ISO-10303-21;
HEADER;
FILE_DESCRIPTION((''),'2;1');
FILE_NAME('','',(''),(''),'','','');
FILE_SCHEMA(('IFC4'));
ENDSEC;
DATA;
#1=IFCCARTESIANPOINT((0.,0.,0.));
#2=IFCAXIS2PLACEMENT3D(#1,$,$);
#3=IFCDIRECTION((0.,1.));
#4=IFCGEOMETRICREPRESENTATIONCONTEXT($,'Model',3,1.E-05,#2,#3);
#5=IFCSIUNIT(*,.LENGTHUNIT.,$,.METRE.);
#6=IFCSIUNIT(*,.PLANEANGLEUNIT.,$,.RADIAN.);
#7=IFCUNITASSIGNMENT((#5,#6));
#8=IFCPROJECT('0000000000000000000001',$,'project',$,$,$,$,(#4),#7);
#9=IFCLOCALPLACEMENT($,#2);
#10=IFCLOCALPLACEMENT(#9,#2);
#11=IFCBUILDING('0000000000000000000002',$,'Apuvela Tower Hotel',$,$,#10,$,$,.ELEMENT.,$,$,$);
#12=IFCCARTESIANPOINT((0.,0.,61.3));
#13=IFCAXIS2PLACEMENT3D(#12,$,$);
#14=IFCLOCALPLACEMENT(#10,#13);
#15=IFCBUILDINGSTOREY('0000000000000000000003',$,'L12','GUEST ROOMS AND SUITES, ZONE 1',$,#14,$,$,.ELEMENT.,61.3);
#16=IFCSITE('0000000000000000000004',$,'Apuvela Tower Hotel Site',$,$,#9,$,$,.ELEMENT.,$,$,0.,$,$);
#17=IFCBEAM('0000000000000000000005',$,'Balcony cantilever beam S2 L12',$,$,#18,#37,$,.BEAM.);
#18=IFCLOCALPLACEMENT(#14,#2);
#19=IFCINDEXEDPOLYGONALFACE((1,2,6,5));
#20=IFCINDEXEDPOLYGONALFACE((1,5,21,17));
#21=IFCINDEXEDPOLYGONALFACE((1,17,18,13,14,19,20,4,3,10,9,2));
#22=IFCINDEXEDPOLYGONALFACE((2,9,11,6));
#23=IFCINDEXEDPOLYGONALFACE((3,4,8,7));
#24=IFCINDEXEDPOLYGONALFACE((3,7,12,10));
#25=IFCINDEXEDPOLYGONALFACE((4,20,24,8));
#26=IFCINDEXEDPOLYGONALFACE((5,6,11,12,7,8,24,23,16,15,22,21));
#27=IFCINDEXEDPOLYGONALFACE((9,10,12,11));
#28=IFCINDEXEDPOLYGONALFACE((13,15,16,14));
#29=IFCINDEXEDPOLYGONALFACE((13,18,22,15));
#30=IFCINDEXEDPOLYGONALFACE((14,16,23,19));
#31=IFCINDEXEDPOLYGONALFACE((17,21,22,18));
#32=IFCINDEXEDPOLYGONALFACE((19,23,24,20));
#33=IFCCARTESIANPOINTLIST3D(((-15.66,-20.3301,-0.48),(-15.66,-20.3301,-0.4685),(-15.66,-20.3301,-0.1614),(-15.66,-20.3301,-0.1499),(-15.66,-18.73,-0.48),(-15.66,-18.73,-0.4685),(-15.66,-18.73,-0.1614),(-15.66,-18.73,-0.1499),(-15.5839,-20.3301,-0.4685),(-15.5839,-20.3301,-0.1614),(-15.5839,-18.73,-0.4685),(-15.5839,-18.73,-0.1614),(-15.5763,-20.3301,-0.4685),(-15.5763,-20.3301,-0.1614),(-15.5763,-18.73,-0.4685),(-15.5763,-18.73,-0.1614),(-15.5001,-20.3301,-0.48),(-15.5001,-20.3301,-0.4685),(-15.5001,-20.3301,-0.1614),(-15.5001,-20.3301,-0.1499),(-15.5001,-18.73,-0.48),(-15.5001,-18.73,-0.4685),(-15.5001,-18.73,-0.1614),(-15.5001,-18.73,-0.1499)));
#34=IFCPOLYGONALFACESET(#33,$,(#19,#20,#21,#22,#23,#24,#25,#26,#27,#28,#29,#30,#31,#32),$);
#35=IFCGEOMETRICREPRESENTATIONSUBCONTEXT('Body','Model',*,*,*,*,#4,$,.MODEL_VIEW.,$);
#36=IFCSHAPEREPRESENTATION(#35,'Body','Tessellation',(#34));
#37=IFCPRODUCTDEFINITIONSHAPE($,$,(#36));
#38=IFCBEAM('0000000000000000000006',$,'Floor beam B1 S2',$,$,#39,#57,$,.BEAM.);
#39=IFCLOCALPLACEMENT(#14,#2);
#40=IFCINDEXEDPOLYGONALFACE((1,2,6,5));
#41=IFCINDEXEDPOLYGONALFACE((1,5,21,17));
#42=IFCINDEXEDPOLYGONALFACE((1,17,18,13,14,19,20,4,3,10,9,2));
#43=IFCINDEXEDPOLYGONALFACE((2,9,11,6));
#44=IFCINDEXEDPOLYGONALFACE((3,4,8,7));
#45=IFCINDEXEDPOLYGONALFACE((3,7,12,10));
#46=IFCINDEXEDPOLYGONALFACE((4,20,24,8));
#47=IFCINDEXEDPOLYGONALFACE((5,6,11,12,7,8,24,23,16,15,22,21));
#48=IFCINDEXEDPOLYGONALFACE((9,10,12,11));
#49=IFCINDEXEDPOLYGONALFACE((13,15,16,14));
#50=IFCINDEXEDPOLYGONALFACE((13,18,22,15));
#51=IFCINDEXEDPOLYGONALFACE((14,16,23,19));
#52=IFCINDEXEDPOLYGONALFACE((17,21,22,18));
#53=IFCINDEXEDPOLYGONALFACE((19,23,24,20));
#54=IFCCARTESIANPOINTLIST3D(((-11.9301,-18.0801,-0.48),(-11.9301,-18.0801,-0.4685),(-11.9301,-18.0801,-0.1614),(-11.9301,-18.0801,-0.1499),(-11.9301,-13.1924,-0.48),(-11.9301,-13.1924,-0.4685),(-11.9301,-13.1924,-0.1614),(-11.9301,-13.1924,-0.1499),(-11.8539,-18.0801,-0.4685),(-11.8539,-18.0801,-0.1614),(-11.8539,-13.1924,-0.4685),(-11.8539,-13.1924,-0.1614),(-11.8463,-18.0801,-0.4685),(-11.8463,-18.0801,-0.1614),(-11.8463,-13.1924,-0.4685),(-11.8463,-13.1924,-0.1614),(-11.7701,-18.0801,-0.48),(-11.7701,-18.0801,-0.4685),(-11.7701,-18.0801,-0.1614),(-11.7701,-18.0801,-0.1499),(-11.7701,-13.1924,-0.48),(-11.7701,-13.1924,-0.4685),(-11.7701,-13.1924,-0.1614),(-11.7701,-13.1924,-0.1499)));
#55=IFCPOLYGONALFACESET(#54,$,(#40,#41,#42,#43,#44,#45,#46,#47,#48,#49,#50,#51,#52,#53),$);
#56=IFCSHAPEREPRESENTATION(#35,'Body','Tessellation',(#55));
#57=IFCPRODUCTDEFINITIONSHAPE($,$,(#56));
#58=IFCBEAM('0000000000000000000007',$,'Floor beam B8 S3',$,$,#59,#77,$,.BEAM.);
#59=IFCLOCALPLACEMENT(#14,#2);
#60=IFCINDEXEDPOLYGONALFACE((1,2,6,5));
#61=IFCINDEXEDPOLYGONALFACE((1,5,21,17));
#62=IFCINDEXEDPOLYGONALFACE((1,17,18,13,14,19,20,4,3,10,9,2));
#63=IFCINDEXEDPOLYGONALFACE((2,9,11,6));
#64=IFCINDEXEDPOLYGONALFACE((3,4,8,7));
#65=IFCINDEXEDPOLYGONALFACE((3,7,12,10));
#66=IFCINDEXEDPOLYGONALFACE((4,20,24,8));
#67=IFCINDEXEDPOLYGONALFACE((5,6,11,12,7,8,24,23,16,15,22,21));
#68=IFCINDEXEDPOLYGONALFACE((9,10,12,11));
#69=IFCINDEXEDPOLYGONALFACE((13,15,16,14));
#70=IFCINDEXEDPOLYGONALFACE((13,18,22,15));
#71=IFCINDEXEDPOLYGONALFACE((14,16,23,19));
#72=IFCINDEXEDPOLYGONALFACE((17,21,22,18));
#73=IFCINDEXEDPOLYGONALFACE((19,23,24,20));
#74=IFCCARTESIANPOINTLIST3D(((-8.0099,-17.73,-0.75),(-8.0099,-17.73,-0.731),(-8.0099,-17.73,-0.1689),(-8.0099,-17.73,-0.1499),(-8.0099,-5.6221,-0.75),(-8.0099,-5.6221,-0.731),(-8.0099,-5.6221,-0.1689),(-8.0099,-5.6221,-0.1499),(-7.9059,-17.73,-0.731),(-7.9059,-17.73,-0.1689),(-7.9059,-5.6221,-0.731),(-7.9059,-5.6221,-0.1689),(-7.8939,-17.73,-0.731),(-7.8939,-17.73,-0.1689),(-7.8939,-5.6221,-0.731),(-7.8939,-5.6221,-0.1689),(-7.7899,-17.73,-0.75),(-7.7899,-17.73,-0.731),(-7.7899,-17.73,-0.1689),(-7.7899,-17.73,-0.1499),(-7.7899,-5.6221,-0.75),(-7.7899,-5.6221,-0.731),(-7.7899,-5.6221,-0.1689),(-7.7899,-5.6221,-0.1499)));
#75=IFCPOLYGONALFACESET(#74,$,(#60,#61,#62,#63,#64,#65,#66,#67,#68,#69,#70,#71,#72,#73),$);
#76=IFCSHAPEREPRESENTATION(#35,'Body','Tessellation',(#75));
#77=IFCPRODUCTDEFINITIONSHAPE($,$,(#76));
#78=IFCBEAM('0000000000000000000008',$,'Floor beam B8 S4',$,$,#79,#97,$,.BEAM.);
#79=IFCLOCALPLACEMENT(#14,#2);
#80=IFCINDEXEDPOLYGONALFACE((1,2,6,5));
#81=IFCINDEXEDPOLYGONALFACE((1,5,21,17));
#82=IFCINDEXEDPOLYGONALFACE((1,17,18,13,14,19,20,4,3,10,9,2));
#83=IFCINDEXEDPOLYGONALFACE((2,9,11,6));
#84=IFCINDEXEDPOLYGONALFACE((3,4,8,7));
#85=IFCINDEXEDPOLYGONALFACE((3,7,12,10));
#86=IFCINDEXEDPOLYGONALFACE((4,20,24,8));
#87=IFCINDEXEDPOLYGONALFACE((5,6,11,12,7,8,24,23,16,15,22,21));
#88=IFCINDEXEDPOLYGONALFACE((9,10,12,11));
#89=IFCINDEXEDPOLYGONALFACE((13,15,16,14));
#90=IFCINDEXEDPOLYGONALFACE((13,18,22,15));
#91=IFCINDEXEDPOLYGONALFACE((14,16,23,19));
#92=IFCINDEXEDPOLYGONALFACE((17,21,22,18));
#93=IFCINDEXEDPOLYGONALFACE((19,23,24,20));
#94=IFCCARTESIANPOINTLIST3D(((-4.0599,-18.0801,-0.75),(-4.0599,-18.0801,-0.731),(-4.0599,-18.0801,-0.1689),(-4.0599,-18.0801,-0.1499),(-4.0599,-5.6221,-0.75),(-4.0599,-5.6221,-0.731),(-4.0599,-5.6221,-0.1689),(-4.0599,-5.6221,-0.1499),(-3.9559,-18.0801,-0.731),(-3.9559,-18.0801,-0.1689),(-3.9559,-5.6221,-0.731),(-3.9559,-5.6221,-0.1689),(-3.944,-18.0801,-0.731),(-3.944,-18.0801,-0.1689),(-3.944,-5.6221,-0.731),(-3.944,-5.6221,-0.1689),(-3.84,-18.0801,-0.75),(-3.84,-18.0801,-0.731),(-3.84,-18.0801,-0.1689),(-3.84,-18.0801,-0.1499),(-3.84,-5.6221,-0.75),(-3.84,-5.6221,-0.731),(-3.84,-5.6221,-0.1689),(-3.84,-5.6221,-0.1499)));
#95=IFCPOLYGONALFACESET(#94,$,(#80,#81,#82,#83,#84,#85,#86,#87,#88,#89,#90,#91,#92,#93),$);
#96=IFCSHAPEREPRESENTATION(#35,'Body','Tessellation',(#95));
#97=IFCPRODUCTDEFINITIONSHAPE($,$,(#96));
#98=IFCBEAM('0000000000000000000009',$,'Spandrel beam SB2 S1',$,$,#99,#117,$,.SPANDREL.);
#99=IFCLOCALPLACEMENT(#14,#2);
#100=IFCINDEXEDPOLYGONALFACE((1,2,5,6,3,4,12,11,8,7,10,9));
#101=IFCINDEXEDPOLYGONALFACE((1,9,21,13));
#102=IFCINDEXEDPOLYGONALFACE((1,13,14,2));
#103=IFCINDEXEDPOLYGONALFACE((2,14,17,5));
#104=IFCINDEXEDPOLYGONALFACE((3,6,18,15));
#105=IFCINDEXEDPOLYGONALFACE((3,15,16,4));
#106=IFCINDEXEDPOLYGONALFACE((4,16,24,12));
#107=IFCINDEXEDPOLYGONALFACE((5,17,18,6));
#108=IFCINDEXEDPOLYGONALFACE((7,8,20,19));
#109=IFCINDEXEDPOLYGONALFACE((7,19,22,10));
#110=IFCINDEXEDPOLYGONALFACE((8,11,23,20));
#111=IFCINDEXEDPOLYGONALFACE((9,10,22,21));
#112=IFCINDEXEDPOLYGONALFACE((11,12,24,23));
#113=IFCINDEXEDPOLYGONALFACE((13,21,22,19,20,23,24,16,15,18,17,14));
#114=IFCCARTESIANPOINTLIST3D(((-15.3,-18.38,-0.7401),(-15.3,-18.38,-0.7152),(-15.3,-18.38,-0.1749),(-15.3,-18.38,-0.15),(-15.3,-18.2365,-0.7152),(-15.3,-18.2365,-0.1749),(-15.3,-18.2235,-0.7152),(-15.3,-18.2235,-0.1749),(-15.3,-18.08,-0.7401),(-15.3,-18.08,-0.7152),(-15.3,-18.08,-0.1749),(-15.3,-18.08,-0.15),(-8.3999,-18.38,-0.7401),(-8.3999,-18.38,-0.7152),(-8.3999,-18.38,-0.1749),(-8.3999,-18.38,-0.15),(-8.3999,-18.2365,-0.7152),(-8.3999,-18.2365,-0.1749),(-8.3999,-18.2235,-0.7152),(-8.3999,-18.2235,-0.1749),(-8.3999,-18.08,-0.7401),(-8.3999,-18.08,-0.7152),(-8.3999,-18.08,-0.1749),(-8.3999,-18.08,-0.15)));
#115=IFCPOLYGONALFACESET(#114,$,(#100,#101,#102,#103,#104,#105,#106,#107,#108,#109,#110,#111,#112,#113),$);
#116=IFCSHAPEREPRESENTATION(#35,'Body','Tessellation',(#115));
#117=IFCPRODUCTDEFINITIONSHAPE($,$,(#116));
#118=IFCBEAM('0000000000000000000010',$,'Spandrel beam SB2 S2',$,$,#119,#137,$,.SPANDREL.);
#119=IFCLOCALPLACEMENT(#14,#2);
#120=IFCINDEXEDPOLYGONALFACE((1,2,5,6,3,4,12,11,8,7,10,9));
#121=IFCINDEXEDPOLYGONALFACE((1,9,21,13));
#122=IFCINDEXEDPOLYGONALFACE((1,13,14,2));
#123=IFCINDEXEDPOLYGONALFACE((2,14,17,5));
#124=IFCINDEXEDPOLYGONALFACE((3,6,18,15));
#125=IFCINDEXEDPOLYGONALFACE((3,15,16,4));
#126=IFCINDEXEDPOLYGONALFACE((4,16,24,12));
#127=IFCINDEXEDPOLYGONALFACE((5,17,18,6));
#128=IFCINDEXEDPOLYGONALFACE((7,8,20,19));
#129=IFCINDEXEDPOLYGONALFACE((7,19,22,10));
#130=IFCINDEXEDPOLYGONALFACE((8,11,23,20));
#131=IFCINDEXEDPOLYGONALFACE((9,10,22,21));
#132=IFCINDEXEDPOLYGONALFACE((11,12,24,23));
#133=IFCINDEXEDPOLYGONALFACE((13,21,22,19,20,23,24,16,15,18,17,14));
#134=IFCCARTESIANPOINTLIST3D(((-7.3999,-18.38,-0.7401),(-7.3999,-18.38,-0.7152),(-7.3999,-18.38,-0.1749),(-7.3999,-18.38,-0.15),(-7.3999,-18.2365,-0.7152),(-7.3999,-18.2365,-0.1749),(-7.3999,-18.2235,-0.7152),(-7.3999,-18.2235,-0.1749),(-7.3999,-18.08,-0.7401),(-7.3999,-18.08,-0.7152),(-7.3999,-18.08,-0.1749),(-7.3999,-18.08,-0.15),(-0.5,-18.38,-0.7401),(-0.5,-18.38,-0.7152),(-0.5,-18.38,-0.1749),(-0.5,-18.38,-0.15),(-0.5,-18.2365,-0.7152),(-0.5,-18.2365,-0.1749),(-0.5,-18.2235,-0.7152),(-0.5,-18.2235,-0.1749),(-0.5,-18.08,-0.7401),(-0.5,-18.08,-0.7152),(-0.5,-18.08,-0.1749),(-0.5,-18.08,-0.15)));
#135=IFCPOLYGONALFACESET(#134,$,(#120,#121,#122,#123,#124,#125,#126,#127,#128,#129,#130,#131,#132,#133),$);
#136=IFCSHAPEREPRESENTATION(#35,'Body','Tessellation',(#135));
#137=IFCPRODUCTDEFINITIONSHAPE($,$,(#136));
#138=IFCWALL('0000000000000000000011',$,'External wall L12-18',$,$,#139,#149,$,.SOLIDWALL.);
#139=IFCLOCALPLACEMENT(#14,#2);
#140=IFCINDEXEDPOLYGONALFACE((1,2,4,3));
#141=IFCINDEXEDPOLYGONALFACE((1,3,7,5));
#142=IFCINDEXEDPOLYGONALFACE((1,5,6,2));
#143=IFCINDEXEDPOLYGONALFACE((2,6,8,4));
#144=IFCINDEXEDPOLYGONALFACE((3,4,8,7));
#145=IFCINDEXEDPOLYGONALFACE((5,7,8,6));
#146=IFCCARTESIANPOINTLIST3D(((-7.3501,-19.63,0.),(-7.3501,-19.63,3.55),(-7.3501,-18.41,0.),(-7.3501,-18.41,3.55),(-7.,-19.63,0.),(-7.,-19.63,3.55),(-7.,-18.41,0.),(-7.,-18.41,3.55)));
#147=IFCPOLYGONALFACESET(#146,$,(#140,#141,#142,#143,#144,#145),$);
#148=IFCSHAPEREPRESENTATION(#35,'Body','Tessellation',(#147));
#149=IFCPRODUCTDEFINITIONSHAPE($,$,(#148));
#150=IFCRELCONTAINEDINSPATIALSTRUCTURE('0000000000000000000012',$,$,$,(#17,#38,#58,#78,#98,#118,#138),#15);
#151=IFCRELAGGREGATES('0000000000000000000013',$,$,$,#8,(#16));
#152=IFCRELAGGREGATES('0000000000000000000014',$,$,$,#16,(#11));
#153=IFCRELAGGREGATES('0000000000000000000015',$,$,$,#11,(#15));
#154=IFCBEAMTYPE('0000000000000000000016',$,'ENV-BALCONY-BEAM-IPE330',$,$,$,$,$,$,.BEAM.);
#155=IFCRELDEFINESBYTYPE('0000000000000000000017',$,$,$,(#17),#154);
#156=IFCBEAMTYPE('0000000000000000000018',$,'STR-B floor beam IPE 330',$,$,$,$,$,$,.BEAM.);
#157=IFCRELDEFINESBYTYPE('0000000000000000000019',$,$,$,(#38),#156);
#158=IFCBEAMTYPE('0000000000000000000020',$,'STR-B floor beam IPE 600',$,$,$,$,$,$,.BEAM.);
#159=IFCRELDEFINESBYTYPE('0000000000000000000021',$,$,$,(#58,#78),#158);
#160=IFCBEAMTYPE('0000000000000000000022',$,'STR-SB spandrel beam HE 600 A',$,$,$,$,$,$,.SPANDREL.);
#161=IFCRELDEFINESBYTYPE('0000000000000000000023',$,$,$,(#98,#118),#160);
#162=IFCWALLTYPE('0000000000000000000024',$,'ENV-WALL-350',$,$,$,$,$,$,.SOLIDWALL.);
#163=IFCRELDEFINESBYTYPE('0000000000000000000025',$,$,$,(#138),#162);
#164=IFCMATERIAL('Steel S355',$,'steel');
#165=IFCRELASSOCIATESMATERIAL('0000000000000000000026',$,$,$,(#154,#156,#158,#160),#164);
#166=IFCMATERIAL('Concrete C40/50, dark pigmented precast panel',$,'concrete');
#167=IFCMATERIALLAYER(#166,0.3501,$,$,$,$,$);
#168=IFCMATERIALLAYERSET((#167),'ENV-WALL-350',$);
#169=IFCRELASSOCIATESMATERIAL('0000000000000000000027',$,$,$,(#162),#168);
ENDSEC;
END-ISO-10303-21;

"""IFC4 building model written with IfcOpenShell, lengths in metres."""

from ifc_helpers import new_model, si_unit, direction, frame, frame_2d, origin, origin_2d, place, context, subcontext, project, spatial, rectangle, i_section, extrude, material, layer, layer_set, material_profile, profile_set, type_object, element, save


model = new_model("IFC4")

# Units and contexts
model_context = context("Model", 3, precision=1e-05, world=origin(), true_north=direction((0.0, 1.0)))
body_context = subcontext(model_context, "Body", "Model", "MODEL_VIEW")
ifc_project = project(units=[si_unit("LENGTHUNIT", "METRE"), si_unit("PLANEANGLEUNIT", "RADIAN")], contexts=[model_context])

# Site, building, storey
site_placement = place(None, origin())
site = spatial("IfcSite", under=ifc_project, at=site_placement, Name="Apuvela Tower Hotel Site", CompositionType="ELEMENT", RefElevation=0.0)
building_placement = place(site_placement, origin())
building = spatial("IfcBuilding", under=site, at=building_placement, Name="Apuvela Tower Hotel", CompositionType="ELEMENT")
storey_placement = place(building_placement, frame((0.0, 0.0, 61.3)))
storey = spatial("IfcBuildingStorey", under=building, at=storey_placement, Name="L12", Description="GUEST ROOMS AND SUITES, ZONE 1", CompositionType="ELEMENT", Elevation=61.3)

# Beams
ifc_material_1 = material(Name="Steel S355", Category="steel")
ifc_material_profile_1 = material_profile(ifc_material_1, i_section(OverallWidth=0.1599, OverallDepth=0.3301, WebThickness=0.0076, FlangeThickness=0.0115, at=origin_2d()), Name="IPE 330")
ifc_profile_set_1 = profile_set([ifc_material_profile_1], Name="Steel S355")
beam_type_1 = type_object("IfcBeamType", Name="ENV-BALCONY-BEAM-IPE330", PredefinedType="BEAM", material=ifc_profile_set_1)
beam_1_placement = place(storey_placement, frame((-15.5801, -18.73, -0.3149), z_axis=(0.0, -1.0, 0.0), x_axis=(1.0, 0.0, 0.0)))
element("IfcBeam", 1, at=beam_1_placement, inside=storey, type_object=beam_type_1, Name="Balcony cantilever beam S2 L12", PredefinedType="BEAM", context=body_context, shape_type="SweptSolid", body=[
    extrude(i_section(OverallWidth=0.1599, OverallDepth=0.3301, WebThickness=0.0076, FlangeThickness=0.0115, at=origin_2d()), origin(), (0.0, 0.0, 1.0), 1.6001),
])
ifc_material_profile_2 = material_profile(ifc_material_1, i_section(OverallWidth=0.1599, OverallDepth=0.3301, WebThickness=0.0076, FlangeThickness=0.0115, at=origin_2d()), Name="IPE 330")
ifc_profile_set_2 = profile_set([ifc_material_profile_2], Name="Steel S355")
beam_type_2 = type_object("IfcBeamType", Name="STR-B floor beam IPE 330", PredefinedType="BEAM", material=ifc_profile_set_2)
beam_2_placement = place(storey_placement, frame((-11.8501, -18.0801, -0.3149), z_axis=(0.0, 1.0, 0.0), x_axis=(-1.0, 0.0, 0.0)))
element("IfcBeam", 2, at=beam_2_placement, inside=storey, type_object=beam_type_2, Name="Floor beam B1 S2", PredefinedType="BEAM", context=body_context, shape_type="SweptSolid", body=[
    extrude(i_section(OverallWidth=0.1599, OverallDepth=0.3301, WebThickness=0.0076, FlangeThickness=0.0115, at=origin_2d()), origin(), (0.0, 0.0, 1.0), 4.8877),
])
ifc_material_profile_3 = material_profile(ifc_material_1, i_section(OverallWidth=0.22, OverallDepth=0.6001, WebThickness=0.012, FlangeThickness=0.019, at=origin_2d()), Name="IPE 600")
ifc_profile_set_3 = profile_set([ifc_material_profile_3], Name="Steel S355")
beam_type_3 = type_object("IfcBeamType", Name="STR-B floor beam IPE 600", PredefinedType="BEAM", material=ifc_profile_set_3)
beam_3_placement = place(storey_placement, frame((-7.8999, -17.73, -0.45), z_axis=(0.0, 1.0, 0.0), x_axis=(-1.0, 0.0, 0.0)))
element("IfcBeam", 3, at=beam_3_placement, inside=storey, type_object=beam_type_3, Name="Floor beam B8 S3", PredefinedType="BEAM", context=body_context, shape_type="SweptSolid", body=[
    extrude(i_section(OverallWidth=0.22, OverallDepth=0.6001, WebThickness=0.012, FlangeThickness=0.019, at=origin_2d()), origin(), (0.0, 0.0, 1.0), 12.1079),
])
beam_4_placement = place(storey_placement, frame((-3.95, -18.0801, -0.45), z_axis=(0.0, 1.0, 0.0), x_axis=(-1.0, 0.0, 0.0)))
element("IfcBeam", 4, at=beam_4_placement, inside=storey, type_object=beam_type_3, Name="Floor beam B8 S4", PredefinedType="BEAM", context=body_context, shape_type="SweptSolid", body=[
    extrude(i_section(OverallWidth=0.22, OverallDepth=0.6001, WebThickness=0.012, FlangeThickness=0.019, at=origin_2d()), origin(), (0.0, 0.0, 1.0), 12.458),
])
ifc_material_profile_4 = material_profile(ifc_material_1, i_section(OverallWidth=0.3, OverallDepth=0.5901, WebThickness=0.0129, FlangeThickness=0.0249, at=origin_2d()), Name="HE 600 A")
ifc_profile_set_4 = profile_set([ifc_material_profile_4], Name="Steel S355")
beam_type_4 = type_object("IfcBeamType", Name="STR-SB spandrel beam HE 600 A", PredefinedType="SPANDREL", material=ifc_profile_set_4)
beam_5_placement = place(storey_placement, frame((-15.3, -18.23, -0.4451), z_axis=(1.0, 0.0, 0.0), x_axis=(0.0, 1.0, 0.0)))
element("IfcBeam", 5, at=beam_5_placement, inside=storey, type_object=beam_type_4, Name="Spandrel beam SB2 S1", PredefinedType="SPANDREL", context=body_context, shape_type="SweptSolid", body=[
    extrude(i_section(OverallWidth=0.3, OverallDepth=0.5901, WebThickness=0.0129, FlangeThickness=0.0249, at=origin_2d()), origin(), (0.0, 0.0, 1.0), 6.9001),
])
beam_6_placement = place(storey_placement, frame((-7.3999, -18.23, -0.4451), z_axis=(1.0, 0.0, 0.0), x_axis=(0.0, 1.0, 0.0)))
element("IfcBeam", 6, at=beam_6_placement, inside=storey, type_object=beam_type_4, Name="Spandrel beam SB2 S2", PredefinedType="SPANDREL", context=body_context, shape_type="SweptSolid", body=[
    extrude(i_section(OverallWidth=0.3, OverallDepth=0.5901, WebThickness=0.0129, FlangeThickness=0.0249, at=origin_2d()), origin(), (0.0, 0.0, 1.0), 6.8999),
])

# Wall
ifc_material_2 = material(Name="Concrete C40/50, dark pigmented precast panel", Category="concrete")
ifc_layer = layer(ifc_material_2, 0.3501)
ifc_layer_set = layer_set([ifc_layer], Name="ENV-WALL-350")
wall_type = type_object("IfcWallType", Name="ENV-WALL-350", PredefinedType="SOLIDWALL", material=ifc_layer_set)
wall_1_placement = place(storey_placement, frame((-7.175, -19.6299, 0.0), z_axis=(0.0, 0.0, 1.0), x_axis=(0.0, 1.0, 0.0)))
element("IfcWall", 7, at=wall_1_placement, inside=storey, type_object=wall_type, Name="External wall L12-18", PredefinedType="SOLIDWALL", context=body_context, shape_type="SweptSolid", body=[
    extrude(rectangle(XDim=1.22, YDim=0.3501, at=frame_2d((0.6099, 0.0))), origin(), (0.0, 0.0, 1.0), 3.55),
])

save(model, "model.ifc")
